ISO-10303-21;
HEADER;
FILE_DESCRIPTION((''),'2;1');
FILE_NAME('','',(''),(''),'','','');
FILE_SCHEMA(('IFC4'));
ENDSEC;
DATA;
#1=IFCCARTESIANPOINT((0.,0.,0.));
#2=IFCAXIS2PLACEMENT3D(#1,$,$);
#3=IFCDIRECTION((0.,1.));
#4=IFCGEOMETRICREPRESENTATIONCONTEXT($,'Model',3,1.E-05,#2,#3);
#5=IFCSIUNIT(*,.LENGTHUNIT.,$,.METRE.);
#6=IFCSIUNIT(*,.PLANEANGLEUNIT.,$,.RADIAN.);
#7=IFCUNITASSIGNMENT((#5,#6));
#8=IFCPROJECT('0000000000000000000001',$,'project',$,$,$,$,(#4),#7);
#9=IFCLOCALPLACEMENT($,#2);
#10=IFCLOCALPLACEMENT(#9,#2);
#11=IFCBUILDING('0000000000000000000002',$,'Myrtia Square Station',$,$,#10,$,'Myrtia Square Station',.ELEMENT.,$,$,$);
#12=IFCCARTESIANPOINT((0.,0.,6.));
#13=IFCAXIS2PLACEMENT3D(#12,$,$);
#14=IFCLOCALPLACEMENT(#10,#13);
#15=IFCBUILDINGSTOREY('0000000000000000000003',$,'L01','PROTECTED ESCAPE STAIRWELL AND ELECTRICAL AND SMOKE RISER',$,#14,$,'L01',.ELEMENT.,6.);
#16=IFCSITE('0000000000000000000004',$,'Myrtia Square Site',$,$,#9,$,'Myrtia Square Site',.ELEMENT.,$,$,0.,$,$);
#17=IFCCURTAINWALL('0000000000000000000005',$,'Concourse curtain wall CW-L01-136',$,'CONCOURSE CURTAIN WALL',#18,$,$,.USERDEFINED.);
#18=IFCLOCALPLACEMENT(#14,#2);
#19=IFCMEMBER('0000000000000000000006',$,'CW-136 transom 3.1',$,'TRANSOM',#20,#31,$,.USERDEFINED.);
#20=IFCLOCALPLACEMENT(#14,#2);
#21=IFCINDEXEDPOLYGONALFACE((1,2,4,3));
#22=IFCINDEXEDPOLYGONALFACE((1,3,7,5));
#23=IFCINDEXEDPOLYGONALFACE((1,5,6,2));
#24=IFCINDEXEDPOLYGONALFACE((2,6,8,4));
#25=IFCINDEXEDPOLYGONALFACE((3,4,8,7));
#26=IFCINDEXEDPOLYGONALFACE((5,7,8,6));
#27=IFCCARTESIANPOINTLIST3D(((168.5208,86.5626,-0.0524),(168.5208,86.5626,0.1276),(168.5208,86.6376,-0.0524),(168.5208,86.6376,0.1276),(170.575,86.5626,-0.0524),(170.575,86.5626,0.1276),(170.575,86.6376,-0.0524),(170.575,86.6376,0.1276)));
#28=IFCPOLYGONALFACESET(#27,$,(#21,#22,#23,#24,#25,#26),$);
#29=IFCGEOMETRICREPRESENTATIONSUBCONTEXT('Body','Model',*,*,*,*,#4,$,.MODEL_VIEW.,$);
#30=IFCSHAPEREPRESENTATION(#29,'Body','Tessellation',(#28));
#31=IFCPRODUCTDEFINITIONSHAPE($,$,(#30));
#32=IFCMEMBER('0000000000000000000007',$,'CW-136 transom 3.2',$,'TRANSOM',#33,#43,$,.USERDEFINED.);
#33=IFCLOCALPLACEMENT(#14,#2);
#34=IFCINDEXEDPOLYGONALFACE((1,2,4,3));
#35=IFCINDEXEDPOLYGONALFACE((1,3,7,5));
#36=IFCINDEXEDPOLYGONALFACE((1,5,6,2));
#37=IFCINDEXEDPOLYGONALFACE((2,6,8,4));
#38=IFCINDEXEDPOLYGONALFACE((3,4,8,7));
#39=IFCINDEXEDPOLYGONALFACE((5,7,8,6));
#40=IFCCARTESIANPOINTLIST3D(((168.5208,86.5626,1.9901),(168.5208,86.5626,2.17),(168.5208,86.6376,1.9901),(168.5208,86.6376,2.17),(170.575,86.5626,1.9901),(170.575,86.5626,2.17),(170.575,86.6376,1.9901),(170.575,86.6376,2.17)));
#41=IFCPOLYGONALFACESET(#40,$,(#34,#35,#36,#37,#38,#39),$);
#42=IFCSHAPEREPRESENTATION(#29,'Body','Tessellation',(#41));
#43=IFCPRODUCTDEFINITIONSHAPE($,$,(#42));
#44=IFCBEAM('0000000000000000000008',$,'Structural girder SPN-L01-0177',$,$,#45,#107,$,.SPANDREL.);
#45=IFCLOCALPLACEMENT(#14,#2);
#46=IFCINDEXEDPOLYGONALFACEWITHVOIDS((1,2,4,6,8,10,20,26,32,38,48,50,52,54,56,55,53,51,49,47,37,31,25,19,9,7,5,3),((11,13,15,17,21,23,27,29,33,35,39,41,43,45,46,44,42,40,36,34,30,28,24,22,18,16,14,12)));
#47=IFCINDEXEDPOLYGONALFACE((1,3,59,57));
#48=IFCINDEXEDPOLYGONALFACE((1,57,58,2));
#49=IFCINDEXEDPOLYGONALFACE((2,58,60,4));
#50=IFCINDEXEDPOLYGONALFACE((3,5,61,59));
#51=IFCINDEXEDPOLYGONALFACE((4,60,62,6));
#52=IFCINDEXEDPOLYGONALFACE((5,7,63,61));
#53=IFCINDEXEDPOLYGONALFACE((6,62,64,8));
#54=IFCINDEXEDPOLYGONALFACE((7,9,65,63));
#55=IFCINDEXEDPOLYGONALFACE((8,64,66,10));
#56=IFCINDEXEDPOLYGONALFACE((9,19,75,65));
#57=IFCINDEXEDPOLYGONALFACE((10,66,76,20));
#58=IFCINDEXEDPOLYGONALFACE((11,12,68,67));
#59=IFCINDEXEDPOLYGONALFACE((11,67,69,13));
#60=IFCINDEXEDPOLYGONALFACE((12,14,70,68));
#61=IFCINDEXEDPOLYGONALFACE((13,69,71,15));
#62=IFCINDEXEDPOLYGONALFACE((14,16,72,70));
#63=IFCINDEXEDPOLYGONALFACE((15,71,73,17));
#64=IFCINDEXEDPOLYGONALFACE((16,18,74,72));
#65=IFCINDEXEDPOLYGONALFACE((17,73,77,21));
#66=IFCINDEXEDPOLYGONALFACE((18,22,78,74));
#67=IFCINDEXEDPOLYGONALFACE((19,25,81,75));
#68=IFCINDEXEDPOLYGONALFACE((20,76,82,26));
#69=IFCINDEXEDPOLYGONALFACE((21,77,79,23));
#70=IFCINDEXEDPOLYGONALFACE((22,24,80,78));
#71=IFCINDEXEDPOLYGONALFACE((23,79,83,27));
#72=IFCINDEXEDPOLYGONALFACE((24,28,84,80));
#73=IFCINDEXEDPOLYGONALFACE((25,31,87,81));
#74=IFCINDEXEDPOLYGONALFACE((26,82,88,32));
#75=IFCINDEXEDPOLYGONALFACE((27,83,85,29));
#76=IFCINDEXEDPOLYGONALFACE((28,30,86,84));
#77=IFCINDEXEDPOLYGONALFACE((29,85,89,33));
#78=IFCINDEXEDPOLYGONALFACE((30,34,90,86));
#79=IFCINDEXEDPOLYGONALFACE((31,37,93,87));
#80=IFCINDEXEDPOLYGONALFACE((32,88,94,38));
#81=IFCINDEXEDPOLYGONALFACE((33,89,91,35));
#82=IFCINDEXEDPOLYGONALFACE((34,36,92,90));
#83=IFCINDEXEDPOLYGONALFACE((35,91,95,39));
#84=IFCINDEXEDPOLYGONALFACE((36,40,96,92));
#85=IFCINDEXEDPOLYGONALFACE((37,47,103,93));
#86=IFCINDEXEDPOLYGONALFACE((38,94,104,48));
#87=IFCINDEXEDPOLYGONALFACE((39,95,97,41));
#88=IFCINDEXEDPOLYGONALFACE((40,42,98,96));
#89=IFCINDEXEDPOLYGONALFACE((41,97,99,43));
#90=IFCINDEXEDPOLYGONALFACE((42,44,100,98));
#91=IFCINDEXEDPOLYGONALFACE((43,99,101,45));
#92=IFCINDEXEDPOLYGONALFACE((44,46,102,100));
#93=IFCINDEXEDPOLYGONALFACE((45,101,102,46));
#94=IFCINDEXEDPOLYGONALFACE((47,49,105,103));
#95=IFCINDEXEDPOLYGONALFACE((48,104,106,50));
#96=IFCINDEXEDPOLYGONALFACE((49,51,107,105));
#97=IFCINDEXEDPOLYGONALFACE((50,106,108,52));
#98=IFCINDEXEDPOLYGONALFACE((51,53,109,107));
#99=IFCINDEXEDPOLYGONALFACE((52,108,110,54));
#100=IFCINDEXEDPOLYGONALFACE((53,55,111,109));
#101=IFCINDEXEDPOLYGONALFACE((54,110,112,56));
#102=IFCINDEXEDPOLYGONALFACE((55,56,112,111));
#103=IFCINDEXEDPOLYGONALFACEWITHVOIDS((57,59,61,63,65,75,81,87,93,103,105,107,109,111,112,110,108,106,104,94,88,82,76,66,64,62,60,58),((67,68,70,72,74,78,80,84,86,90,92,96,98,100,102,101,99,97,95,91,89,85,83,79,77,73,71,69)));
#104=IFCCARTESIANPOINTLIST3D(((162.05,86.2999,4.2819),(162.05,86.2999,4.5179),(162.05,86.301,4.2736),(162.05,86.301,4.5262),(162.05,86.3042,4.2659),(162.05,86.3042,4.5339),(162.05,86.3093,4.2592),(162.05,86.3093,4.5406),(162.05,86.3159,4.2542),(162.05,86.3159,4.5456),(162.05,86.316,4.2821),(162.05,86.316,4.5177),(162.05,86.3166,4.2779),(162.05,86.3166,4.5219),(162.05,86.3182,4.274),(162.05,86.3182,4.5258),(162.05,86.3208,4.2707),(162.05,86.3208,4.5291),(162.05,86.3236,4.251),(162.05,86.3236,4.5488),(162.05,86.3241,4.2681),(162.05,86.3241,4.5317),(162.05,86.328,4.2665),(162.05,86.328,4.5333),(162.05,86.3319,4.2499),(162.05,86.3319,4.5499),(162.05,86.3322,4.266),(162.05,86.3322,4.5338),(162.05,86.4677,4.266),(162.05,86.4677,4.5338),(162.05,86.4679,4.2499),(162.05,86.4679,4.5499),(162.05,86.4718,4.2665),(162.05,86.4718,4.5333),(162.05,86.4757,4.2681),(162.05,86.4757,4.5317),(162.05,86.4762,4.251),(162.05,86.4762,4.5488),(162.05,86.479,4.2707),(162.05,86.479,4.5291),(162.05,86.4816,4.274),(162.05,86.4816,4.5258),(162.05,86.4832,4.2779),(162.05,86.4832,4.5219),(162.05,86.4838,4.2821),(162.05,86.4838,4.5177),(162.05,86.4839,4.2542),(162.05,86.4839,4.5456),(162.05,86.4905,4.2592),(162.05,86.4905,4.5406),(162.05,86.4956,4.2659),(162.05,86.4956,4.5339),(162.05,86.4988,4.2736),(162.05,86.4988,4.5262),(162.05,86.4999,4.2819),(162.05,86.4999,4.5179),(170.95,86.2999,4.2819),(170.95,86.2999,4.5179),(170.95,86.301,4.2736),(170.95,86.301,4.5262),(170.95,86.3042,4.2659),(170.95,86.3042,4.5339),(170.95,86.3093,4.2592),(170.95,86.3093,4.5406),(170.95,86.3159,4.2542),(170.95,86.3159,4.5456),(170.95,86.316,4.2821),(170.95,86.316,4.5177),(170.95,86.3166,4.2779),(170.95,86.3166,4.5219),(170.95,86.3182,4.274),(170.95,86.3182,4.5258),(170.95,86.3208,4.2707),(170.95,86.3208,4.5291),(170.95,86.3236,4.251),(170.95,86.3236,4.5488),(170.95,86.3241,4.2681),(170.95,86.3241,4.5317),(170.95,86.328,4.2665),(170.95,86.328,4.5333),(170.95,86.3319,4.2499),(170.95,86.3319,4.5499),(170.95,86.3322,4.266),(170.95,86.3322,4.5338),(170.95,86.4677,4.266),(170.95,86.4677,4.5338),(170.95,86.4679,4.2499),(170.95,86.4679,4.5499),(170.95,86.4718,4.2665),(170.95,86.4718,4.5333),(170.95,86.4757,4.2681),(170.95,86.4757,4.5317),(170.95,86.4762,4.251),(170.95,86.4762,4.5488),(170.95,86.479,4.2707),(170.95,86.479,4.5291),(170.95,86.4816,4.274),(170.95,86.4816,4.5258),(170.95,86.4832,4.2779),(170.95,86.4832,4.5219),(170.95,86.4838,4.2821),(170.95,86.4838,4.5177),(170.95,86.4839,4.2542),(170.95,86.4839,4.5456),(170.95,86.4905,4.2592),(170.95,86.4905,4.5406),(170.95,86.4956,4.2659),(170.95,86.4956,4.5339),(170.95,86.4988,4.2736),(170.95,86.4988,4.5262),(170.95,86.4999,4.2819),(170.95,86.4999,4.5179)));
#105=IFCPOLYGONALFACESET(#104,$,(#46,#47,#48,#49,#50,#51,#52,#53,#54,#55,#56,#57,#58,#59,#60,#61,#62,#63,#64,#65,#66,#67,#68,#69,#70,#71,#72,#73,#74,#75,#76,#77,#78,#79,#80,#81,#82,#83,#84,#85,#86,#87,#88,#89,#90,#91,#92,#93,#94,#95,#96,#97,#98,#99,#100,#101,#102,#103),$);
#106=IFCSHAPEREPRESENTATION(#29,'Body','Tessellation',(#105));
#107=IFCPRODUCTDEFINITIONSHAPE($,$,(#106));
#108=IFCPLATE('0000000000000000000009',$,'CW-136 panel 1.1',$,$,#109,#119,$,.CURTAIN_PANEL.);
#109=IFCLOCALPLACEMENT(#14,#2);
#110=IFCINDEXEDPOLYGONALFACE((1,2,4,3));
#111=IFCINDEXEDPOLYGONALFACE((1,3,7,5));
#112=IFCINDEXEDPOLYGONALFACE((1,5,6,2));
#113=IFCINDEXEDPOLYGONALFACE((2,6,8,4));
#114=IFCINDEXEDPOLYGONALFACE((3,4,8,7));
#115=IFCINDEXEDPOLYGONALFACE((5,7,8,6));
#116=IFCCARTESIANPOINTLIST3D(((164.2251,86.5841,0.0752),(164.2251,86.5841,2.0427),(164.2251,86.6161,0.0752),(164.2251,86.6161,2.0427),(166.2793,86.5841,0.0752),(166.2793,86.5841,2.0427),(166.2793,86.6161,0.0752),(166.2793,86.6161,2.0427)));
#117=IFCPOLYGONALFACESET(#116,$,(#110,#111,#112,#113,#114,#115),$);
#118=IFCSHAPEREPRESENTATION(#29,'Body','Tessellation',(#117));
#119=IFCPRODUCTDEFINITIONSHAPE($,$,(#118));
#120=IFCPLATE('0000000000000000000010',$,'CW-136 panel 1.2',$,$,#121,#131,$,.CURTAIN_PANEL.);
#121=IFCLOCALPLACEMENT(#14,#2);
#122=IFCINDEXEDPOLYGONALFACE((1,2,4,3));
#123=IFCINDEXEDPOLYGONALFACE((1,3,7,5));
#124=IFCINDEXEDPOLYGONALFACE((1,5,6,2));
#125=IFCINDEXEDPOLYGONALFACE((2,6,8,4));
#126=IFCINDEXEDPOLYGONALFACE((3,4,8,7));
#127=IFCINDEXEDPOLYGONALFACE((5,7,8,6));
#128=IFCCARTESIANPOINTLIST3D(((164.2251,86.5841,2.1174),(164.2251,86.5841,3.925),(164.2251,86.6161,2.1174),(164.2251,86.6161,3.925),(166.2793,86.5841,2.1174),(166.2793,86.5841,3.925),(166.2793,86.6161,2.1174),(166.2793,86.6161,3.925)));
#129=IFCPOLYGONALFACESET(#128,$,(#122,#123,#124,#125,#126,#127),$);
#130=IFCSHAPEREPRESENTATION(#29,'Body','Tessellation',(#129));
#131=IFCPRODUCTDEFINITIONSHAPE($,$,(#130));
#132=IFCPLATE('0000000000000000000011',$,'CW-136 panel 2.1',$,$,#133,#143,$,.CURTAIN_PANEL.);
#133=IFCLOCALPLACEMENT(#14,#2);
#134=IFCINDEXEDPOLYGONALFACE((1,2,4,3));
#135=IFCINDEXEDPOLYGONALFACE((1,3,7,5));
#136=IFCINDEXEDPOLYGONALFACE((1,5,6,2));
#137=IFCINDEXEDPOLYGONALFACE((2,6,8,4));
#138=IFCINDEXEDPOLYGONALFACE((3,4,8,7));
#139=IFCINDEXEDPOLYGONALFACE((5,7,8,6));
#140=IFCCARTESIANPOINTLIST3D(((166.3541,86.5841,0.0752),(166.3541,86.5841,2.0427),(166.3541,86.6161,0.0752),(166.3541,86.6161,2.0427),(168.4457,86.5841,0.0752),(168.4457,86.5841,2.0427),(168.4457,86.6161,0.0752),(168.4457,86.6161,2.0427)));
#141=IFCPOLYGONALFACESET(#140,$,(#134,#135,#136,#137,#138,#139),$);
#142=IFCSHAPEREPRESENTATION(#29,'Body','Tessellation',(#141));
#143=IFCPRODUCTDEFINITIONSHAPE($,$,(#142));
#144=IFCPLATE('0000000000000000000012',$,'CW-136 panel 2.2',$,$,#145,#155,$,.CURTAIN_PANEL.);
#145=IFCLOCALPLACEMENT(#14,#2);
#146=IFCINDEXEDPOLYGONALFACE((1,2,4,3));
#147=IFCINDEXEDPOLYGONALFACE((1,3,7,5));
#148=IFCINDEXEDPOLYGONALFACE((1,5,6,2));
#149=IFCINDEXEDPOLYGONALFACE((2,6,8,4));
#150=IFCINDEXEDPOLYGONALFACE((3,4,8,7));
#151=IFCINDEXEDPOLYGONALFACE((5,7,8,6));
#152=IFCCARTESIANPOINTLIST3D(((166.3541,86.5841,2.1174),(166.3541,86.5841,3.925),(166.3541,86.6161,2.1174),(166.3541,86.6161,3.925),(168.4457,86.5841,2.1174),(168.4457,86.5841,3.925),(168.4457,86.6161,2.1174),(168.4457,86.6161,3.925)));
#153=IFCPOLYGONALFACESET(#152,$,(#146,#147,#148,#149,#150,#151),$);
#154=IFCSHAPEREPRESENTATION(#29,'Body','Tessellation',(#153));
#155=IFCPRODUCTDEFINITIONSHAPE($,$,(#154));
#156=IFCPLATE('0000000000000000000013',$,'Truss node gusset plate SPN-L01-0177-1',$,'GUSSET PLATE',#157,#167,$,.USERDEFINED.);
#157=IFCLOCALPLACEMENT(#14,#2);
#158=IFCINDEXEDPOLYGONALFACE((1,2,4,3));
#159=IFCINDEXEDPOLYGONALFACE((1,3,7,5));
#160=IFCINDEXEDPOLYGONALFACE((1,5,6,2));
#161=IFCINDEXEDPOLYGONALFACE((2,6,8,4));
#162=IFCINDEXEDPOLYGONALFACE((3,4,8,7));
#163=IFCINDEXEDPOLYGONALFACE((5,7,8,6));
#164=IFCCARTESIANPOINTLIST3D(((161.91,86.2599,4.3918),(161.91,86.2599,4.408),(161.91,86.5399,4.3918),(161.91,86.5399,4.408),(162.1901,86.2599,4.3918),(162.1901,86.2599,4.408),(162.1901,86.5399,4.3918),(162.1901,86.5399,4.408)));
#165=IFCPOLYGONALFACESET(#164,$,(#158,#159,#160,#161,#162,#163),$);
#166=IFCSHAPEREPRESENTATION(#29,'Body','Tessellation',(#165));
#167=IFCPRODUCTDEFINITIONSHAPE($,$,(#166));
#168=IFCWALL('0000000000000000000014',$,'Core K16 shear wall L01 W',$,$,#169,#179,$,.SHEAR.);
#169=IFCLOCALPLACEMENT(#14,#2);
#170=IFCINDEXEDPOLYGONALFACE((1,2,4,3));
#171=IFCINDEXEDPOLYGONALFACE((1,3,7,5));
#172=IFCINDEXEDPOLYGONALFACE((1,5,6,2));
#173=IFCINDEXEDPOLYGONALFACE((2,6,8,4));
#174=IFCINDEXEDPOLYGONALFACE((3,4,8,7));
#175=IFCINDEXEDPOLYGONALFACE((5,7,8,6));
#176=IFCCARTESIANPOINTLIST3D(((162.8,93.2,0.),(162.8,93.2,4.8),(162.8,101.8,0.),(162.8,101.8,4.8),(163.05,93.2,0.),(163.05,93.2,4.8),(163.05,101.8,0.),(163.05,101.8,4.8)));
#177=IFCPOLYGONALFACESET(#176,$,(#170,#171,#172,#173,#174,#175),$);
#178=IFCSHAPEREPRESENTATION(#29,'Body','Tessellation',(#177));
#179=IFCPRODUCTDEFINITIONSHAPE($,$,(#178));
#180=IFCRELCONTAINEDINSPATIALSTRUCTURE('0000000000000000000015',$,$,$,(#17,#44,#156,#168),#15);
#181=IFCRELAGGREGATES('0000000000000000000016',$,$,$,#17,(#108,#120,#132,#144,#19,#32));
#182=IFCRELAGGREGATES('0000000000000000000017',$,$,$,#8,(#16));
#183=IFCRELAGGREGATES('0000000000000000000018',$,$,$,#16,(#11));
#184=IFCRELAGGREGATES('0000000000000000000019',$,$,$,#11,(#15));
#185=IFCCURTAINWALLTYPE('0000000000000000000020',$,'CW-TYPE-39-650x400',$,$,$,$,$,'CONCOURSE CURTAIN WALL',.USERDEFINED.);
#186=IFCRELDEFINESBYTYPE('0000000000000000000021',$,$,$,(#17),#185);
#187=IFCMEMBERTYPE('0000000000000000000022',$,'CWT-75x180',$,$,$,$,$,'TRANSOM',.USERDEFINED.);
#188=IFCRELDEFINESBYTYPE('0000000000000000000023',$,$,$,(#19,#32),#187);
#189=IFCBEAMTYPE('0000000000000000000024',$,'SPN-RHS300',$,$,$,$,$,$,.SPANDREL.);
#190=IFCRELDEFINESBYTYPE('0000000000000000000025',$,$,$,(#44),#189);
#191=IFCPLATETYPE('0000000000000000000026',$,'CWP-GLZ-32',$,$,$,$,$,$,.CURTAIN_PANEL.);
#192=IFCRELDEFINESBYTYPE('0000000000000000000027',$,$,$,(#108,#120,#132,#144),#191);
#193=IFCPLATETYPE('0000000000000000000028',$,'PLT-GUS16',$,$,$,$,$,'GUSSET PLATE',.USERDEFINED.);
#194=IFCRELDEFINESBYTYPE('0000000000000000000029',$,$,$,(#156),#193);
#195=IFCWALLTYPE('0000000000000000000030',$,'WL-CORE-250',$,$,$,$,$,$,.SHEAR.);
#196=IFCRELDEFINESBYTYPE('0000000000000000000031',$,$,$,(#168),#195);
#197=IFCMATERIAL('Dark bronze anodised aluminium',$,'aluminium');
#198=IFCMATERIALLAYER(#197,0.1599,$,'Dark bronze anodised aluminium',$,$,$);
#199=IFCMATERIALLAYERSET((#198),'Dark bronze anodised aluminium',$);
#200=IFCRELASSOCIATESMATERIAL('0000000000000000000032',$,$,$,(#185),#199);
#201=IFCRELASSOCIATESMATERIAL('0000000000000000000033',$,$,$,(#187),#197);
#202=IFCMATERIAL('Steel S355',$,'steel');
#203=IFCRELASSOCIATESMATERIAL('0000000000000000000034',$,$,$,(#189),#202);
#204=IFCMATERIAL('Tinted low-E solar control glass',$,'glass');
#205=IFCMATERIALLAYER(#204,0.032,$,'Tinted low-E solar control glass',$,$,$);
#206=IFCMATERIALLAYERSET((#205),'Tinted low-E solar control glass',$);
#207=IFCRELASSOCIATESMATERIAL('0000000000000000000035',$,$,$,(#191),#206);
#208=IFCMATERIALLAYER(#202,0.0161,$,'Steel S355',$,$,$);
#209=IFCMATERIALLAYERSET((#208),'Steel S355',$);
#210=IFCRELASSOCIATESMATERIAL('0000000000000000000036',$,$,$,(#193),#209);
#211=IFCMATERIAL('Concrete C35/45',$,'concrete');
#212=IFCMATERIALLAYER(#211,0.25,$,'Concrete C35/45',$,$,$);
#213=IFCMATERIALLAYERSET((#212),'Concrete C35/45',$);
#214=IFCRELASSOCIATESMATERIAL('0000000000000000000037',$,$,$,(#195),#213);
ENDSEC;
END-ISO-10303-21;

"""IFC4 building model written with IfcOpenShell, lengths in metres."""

from ifc_helpers import new_model, si_unit, direction, frame, frame_2d, origin, origin_2d, place, context, subcontext, project, spatial, rectangle, hollow_rectangle, extrude, material, layer, layer_set, material_profile, profile_set, type_object, element, aggregate, save


model = new_model("IFC4")

# Units and contexts
model_context = context("Model", 3, precision=1e-05, world=origin(), true_north=direction((0.0, 1.0)))
body_context = subcontext(model_context, "Body", "Model", "MODEL_VIEW")
ifc_project = project(units=[si_unit("LENGTHUNIT", "METRE"), si_unit("PLANEANGLEUNIT", "RADIAN")], contexts=[model_context])

# Site, building, storey
site_placement = place(None, origin())
site = spatial("IfcSite", under=ifc_project, at=site_placement, Name="Myrtia Square Site", LongName="Myrtia Square Site", CompositionType="ELEMENT", RefElevation=0.0)
building_placement = place(site_placement, origin())
building = spatial("IfcBuilding", under=site, at=building_placement, Name="Myrtia Square Station", LongName="Myrtia Square Station", CompositionType="ELEMENT")
storey_placement = place(building_placement, frame((0.0, 0.0, 6.0)))
storey = spatial("IfcBuildingStorey", under=building, at=storey_placement, Name="L01", Description="PROTECTED ESCAPE STAIRWELL AND ELECTRICAL AND SMOKE RISER", LongName="L01", CompositionType="ELEMENT", Elevation=6.0)

# Shared definitions
ifc_material_1 = material(Name="Steel S355", Category="steel")

# Curtain wall, members
ifc_material_2 = material(Name="Dark bronze anodised aluminium", Category="aluminium")
ifc_layer_1 = layer(ifc_material_2, 0.1599, Name="Dark bronze anodised aluminium")
ifc_layer_set_1 = layer_set([ifc_layer_1], Name="Dark bronze anodised aluminium")
curtain_wall_type = type_object("IfcCurtainWallType", Name="CW-TYPE-39-650x400", ElementType="CONCOURSE CURTAIN WALL", PredefinedType="USERDEFINED", material=ifc_layer_set_1)
curtain_wall_placement = place(storey_placement, origin())
curtain_wall = element("IfcCurtainWall", 1, at=curtain_wall_placement, inside=storey, type_object=curtain_wall_type, Name="Concourse curtain wall CW-L01-136", ObjectType="CONCOURSE CURTAIN WALL", PredefinedType="USERDEFINED")
ifc_material_profile_1 = material_profile(ifc_material_2, rectangle(XDim=0.075, YDim=0.1799, at=origin_2d()), Name="ALU-T 75x180")
ifc_profile_set_1 = profile_set([ifc_material_profile_1], Name="Dark bronze anodised aluminium")
member_type_1 = type_object("IfcMemberType", Name="CWT-75x180", ElementType="TRANSOM", PredefinedType="USERDEFINED", material=ifc_profile_set_1)
member_1_placement = place(storey_placement, frame((168.5208, 86.6001, 0.0376), z_axis=(1.0, 0.0, 0.0), x_axis=(0.0, 1.0, 0.0)))
member_1 = element("IfcMember", 2, at=member_1_placement, type_object=member_type_1, Name="CW-136 transom 3.1", ObjectType="TRANSOM", PredefinedType="USERDEFINED", context=body_context, shape_type="SweptSolid", body=[
    extrude(rectangle(XDim=0.075, YDim=0.1799, at=origin_2d()), origin(), (0.0, 0.0, 1.0), 2.0542),
])
member_2_placement = place(storey_placement, frame((168.5208, 86.6001, 2.0801), z_axis=(1.0, 0.0, 0.0), x_axis=(0.0, 1.0, 0.0)))
member_2 = element("IfcMember", 3, at=member_2_placement, type_object=member_type_1, Name="CW-136 transom 3.2", ObjectType="TRANSOM", PredefinedType="USERDEFINED", context=body_context, shape_type="SweptSolid", body=[
    extrude(rectangle(XDim=0.075, YDim=0.1799, at=origin_2d()), origin(), (0.0, 0.0, 1.0), 2.0542),
])

# Beam
ifc_material_profile_2 = material_profile(ifc_material_1, hollow_rectangle(XDim=0.2, YDim=0.3, WallThickness=0.0161, InnerFilletRadius=0.0161, OuterFilletRadius=0.032, at=origin_2d()), Name="RHS 300x200x16")
ifc_profile_set_2 = profile_set([ifc_material_profile_2], Name="Steel S355")
beam_type_1 = type_object("IfcBeamType", Name="SPN-RHS300", PredefinedType="SPANDREL", material=ifc_profile_set_2)
beam_1_placement = place(storey_placement, frame((162.05, 86.3999, 4.3999), z_axis=(1.0, 0.0, 0.0), x_axis=(0.0, 1.0, 0.0)))
element("IfcBeam", 4, at=beam_1_placement, inside=storey, type_object=beam_type_1, Name="Structural girder SPN-L01-0177", PredefinedType="SPANDREL", context=body_context, shape_type="SweptSolid", body=[
    extrude(hollow_rectangle(XDim=0.2, YDim=0.3, WallThickness=0.0161, InnerFilletRadius=0.0161, OuterFilletRadius=0.032, at=origin_2d()), origin(), (0.0, 0.0, 1.0), 8.8999),
])

# Plates
ifc_material_3 = material(Name="Tinted low-E solar control glass", Category="glass")
ifc_layer_2 = layer(ifc_material_3, 0.032, Name="Tinted low-E solar control glass")
ifc_layer_set_2 = layer_set([ifc_layer_2], Name="Tinted low-E solar control glass")
plate_type_1 = type_object("IfcPlateType", Name="CWP-GLZ-32", PredefinedType="CURTAIN_PANEL", material=ifc_layer_set_2)
plate_1_placement = place(storey_placement, frame((165.2522, 86.6001, 0.0752), z_axis=(0.0, 0.0, 1.0), x_axis=(1.0, 0.0, 0.0)))
plate_1 = element("IfcPlate", 5, at=plate_1_placement, type_object=plate_type_1, Name="CW-136 panel 1.1", PredefinedType="CURTAIN_PANEL", context=body_context, shape_type="SweptSolid", body=[
    extrude(rectangle(XDim=2.0542, YDim=0.032, at=origin_2d()), origin(), (0.0, 0.0, 1.0), 1.9675),
])
plate_2_placement = place(storey_placement, frame((165.2522, 86.6001, 2.1174), z_axis=(0.0, 0.0, 1.0), x_axis=(1.0, 0.0, 0.0)))
plate_2 = element("IfcPlate", 6, at=plate_2_placement, type_object=plate_type_1, Name="CW-136 panel 1.2", PredefinedType="CURTAIN_PANEL", context=body_context, shape_type="SweptSolid", body=[
    extrude(rectangle(XDim=2.0542, YDim=0.032, at=origin_2d()), origin(), (0.0, 0.0, 1.0), 1.8076),
])
plate_3_placement = place(storey_placement, frame((167.3999, 86.6001, 0.0752), z_axis=(0.0, 0.0, 1.0), x_axis=(1.0, 0.0, 0.0)))
plate_3 = element("IfcPlate", 7, at=plate_3_placement, type_object=plate_type_1, Name="CW-136 panel 2.1", PredefinedType="CURTAIN_PANEL", context=body_context, shape_type="SweptSolid", body=[
    extrude(rectangle(XDim=2.0916, YDim=0.032, at=origin_2d()), origin(), (0.0, 0.0, 1.0), 1.9675),
])
plate_4_placement = place(storey_placement, frame((167.3999, 86.6001, 2.1174), z_axis=(0.0, 0.0, 1.0), x_axis=(1.0, 0.0, 0.0)))
plate_4 = element("IfcPlate", 8, at=plate_4_placement, type_object=plate_type_1, Name="CW-136 panel 2.2", PredefinedType="CURTAIN_PANEL", context=body_context, shape_type="SweptSolid", body=[
    extrude(rectangle(XDim=2.0916, YDim=0.032, at=origin_2d()), origin(), (0.0, 0.0, 1.0), 1.8076),
])
aggregate(curtain_wall, [plate_1, plate_2, plate_3, plate_4, member_1, member_2])
ifc_layer_3 = layer(ifc_material_1, 0.0161, Name="Steel S355")
ifc_layer_set_3 = layer_set([ifc_layer_3], Name="Steel S355")
plate_type_2 = type_object("IfcPlateType", Name="PLT-GUS16", ElementType="GUSSET PLATE", PredefinedType="USERDEFINED", material=ifc_layer_set_3)
plate_5_placement = place(storey_placement, frame((162.05, 86.3999, 4.3918), z_axis=(0.0, 0.0, 1.0), x_axis=(1.0, 0.0, 0.0)))
element("IfcPlate", 9, at=plate_5_placement, inside=storey, type_object=plate_type_2, Name="Truss node gusset plate SPN-L01-0177-1", ObjectType="GUSSET PLATE", PredefinedType="USERDEFINED", context=body_context, shape_type="SweptSolid", body=[
    extrude(rectangle(XDim=0.28, YDim=0.28, at=origin_2d()), origin(), (0.0, 0.0, 1.0), 0.0161),
])

# Wall
ifc_material_4 = material(Name="Concrete C35/45", Category="concrete")
ifc_layer_4 = layer(ifc_material_4, 0.25, Name="Concrete C35/45")
ifc_layer_set_4 = layer_set([ifc_layer_4], Name="Concrete C35/45")
wall_type = type_object("IfcWallType", Name="WL-CORE-250", PredefinedType="SHEAR", material=ifc_layer_set_4)
wall_placement = place(storey_placement, frame((162.925, 93.2, 0.0), z_axis=(0.0, 0.0, 1.0), x_axis=(0.0, 1.0, 0.0)))
element("IfcWall", 10, at=wall_placement, inside=storey, type_object=wall_type, Name="Core K16 shear wall L01 W", PredefinedType="SHEAR", context=body_context, shape_type="SweptSolid", body=[
    extrude(rectangle(XDim=8.6001, YDim=0.25, at=frame_2d((4.3, 0.0))), origin(), (0.0, 0.0, 1.0), 4.8),
])

save(model, "model.ifc")
